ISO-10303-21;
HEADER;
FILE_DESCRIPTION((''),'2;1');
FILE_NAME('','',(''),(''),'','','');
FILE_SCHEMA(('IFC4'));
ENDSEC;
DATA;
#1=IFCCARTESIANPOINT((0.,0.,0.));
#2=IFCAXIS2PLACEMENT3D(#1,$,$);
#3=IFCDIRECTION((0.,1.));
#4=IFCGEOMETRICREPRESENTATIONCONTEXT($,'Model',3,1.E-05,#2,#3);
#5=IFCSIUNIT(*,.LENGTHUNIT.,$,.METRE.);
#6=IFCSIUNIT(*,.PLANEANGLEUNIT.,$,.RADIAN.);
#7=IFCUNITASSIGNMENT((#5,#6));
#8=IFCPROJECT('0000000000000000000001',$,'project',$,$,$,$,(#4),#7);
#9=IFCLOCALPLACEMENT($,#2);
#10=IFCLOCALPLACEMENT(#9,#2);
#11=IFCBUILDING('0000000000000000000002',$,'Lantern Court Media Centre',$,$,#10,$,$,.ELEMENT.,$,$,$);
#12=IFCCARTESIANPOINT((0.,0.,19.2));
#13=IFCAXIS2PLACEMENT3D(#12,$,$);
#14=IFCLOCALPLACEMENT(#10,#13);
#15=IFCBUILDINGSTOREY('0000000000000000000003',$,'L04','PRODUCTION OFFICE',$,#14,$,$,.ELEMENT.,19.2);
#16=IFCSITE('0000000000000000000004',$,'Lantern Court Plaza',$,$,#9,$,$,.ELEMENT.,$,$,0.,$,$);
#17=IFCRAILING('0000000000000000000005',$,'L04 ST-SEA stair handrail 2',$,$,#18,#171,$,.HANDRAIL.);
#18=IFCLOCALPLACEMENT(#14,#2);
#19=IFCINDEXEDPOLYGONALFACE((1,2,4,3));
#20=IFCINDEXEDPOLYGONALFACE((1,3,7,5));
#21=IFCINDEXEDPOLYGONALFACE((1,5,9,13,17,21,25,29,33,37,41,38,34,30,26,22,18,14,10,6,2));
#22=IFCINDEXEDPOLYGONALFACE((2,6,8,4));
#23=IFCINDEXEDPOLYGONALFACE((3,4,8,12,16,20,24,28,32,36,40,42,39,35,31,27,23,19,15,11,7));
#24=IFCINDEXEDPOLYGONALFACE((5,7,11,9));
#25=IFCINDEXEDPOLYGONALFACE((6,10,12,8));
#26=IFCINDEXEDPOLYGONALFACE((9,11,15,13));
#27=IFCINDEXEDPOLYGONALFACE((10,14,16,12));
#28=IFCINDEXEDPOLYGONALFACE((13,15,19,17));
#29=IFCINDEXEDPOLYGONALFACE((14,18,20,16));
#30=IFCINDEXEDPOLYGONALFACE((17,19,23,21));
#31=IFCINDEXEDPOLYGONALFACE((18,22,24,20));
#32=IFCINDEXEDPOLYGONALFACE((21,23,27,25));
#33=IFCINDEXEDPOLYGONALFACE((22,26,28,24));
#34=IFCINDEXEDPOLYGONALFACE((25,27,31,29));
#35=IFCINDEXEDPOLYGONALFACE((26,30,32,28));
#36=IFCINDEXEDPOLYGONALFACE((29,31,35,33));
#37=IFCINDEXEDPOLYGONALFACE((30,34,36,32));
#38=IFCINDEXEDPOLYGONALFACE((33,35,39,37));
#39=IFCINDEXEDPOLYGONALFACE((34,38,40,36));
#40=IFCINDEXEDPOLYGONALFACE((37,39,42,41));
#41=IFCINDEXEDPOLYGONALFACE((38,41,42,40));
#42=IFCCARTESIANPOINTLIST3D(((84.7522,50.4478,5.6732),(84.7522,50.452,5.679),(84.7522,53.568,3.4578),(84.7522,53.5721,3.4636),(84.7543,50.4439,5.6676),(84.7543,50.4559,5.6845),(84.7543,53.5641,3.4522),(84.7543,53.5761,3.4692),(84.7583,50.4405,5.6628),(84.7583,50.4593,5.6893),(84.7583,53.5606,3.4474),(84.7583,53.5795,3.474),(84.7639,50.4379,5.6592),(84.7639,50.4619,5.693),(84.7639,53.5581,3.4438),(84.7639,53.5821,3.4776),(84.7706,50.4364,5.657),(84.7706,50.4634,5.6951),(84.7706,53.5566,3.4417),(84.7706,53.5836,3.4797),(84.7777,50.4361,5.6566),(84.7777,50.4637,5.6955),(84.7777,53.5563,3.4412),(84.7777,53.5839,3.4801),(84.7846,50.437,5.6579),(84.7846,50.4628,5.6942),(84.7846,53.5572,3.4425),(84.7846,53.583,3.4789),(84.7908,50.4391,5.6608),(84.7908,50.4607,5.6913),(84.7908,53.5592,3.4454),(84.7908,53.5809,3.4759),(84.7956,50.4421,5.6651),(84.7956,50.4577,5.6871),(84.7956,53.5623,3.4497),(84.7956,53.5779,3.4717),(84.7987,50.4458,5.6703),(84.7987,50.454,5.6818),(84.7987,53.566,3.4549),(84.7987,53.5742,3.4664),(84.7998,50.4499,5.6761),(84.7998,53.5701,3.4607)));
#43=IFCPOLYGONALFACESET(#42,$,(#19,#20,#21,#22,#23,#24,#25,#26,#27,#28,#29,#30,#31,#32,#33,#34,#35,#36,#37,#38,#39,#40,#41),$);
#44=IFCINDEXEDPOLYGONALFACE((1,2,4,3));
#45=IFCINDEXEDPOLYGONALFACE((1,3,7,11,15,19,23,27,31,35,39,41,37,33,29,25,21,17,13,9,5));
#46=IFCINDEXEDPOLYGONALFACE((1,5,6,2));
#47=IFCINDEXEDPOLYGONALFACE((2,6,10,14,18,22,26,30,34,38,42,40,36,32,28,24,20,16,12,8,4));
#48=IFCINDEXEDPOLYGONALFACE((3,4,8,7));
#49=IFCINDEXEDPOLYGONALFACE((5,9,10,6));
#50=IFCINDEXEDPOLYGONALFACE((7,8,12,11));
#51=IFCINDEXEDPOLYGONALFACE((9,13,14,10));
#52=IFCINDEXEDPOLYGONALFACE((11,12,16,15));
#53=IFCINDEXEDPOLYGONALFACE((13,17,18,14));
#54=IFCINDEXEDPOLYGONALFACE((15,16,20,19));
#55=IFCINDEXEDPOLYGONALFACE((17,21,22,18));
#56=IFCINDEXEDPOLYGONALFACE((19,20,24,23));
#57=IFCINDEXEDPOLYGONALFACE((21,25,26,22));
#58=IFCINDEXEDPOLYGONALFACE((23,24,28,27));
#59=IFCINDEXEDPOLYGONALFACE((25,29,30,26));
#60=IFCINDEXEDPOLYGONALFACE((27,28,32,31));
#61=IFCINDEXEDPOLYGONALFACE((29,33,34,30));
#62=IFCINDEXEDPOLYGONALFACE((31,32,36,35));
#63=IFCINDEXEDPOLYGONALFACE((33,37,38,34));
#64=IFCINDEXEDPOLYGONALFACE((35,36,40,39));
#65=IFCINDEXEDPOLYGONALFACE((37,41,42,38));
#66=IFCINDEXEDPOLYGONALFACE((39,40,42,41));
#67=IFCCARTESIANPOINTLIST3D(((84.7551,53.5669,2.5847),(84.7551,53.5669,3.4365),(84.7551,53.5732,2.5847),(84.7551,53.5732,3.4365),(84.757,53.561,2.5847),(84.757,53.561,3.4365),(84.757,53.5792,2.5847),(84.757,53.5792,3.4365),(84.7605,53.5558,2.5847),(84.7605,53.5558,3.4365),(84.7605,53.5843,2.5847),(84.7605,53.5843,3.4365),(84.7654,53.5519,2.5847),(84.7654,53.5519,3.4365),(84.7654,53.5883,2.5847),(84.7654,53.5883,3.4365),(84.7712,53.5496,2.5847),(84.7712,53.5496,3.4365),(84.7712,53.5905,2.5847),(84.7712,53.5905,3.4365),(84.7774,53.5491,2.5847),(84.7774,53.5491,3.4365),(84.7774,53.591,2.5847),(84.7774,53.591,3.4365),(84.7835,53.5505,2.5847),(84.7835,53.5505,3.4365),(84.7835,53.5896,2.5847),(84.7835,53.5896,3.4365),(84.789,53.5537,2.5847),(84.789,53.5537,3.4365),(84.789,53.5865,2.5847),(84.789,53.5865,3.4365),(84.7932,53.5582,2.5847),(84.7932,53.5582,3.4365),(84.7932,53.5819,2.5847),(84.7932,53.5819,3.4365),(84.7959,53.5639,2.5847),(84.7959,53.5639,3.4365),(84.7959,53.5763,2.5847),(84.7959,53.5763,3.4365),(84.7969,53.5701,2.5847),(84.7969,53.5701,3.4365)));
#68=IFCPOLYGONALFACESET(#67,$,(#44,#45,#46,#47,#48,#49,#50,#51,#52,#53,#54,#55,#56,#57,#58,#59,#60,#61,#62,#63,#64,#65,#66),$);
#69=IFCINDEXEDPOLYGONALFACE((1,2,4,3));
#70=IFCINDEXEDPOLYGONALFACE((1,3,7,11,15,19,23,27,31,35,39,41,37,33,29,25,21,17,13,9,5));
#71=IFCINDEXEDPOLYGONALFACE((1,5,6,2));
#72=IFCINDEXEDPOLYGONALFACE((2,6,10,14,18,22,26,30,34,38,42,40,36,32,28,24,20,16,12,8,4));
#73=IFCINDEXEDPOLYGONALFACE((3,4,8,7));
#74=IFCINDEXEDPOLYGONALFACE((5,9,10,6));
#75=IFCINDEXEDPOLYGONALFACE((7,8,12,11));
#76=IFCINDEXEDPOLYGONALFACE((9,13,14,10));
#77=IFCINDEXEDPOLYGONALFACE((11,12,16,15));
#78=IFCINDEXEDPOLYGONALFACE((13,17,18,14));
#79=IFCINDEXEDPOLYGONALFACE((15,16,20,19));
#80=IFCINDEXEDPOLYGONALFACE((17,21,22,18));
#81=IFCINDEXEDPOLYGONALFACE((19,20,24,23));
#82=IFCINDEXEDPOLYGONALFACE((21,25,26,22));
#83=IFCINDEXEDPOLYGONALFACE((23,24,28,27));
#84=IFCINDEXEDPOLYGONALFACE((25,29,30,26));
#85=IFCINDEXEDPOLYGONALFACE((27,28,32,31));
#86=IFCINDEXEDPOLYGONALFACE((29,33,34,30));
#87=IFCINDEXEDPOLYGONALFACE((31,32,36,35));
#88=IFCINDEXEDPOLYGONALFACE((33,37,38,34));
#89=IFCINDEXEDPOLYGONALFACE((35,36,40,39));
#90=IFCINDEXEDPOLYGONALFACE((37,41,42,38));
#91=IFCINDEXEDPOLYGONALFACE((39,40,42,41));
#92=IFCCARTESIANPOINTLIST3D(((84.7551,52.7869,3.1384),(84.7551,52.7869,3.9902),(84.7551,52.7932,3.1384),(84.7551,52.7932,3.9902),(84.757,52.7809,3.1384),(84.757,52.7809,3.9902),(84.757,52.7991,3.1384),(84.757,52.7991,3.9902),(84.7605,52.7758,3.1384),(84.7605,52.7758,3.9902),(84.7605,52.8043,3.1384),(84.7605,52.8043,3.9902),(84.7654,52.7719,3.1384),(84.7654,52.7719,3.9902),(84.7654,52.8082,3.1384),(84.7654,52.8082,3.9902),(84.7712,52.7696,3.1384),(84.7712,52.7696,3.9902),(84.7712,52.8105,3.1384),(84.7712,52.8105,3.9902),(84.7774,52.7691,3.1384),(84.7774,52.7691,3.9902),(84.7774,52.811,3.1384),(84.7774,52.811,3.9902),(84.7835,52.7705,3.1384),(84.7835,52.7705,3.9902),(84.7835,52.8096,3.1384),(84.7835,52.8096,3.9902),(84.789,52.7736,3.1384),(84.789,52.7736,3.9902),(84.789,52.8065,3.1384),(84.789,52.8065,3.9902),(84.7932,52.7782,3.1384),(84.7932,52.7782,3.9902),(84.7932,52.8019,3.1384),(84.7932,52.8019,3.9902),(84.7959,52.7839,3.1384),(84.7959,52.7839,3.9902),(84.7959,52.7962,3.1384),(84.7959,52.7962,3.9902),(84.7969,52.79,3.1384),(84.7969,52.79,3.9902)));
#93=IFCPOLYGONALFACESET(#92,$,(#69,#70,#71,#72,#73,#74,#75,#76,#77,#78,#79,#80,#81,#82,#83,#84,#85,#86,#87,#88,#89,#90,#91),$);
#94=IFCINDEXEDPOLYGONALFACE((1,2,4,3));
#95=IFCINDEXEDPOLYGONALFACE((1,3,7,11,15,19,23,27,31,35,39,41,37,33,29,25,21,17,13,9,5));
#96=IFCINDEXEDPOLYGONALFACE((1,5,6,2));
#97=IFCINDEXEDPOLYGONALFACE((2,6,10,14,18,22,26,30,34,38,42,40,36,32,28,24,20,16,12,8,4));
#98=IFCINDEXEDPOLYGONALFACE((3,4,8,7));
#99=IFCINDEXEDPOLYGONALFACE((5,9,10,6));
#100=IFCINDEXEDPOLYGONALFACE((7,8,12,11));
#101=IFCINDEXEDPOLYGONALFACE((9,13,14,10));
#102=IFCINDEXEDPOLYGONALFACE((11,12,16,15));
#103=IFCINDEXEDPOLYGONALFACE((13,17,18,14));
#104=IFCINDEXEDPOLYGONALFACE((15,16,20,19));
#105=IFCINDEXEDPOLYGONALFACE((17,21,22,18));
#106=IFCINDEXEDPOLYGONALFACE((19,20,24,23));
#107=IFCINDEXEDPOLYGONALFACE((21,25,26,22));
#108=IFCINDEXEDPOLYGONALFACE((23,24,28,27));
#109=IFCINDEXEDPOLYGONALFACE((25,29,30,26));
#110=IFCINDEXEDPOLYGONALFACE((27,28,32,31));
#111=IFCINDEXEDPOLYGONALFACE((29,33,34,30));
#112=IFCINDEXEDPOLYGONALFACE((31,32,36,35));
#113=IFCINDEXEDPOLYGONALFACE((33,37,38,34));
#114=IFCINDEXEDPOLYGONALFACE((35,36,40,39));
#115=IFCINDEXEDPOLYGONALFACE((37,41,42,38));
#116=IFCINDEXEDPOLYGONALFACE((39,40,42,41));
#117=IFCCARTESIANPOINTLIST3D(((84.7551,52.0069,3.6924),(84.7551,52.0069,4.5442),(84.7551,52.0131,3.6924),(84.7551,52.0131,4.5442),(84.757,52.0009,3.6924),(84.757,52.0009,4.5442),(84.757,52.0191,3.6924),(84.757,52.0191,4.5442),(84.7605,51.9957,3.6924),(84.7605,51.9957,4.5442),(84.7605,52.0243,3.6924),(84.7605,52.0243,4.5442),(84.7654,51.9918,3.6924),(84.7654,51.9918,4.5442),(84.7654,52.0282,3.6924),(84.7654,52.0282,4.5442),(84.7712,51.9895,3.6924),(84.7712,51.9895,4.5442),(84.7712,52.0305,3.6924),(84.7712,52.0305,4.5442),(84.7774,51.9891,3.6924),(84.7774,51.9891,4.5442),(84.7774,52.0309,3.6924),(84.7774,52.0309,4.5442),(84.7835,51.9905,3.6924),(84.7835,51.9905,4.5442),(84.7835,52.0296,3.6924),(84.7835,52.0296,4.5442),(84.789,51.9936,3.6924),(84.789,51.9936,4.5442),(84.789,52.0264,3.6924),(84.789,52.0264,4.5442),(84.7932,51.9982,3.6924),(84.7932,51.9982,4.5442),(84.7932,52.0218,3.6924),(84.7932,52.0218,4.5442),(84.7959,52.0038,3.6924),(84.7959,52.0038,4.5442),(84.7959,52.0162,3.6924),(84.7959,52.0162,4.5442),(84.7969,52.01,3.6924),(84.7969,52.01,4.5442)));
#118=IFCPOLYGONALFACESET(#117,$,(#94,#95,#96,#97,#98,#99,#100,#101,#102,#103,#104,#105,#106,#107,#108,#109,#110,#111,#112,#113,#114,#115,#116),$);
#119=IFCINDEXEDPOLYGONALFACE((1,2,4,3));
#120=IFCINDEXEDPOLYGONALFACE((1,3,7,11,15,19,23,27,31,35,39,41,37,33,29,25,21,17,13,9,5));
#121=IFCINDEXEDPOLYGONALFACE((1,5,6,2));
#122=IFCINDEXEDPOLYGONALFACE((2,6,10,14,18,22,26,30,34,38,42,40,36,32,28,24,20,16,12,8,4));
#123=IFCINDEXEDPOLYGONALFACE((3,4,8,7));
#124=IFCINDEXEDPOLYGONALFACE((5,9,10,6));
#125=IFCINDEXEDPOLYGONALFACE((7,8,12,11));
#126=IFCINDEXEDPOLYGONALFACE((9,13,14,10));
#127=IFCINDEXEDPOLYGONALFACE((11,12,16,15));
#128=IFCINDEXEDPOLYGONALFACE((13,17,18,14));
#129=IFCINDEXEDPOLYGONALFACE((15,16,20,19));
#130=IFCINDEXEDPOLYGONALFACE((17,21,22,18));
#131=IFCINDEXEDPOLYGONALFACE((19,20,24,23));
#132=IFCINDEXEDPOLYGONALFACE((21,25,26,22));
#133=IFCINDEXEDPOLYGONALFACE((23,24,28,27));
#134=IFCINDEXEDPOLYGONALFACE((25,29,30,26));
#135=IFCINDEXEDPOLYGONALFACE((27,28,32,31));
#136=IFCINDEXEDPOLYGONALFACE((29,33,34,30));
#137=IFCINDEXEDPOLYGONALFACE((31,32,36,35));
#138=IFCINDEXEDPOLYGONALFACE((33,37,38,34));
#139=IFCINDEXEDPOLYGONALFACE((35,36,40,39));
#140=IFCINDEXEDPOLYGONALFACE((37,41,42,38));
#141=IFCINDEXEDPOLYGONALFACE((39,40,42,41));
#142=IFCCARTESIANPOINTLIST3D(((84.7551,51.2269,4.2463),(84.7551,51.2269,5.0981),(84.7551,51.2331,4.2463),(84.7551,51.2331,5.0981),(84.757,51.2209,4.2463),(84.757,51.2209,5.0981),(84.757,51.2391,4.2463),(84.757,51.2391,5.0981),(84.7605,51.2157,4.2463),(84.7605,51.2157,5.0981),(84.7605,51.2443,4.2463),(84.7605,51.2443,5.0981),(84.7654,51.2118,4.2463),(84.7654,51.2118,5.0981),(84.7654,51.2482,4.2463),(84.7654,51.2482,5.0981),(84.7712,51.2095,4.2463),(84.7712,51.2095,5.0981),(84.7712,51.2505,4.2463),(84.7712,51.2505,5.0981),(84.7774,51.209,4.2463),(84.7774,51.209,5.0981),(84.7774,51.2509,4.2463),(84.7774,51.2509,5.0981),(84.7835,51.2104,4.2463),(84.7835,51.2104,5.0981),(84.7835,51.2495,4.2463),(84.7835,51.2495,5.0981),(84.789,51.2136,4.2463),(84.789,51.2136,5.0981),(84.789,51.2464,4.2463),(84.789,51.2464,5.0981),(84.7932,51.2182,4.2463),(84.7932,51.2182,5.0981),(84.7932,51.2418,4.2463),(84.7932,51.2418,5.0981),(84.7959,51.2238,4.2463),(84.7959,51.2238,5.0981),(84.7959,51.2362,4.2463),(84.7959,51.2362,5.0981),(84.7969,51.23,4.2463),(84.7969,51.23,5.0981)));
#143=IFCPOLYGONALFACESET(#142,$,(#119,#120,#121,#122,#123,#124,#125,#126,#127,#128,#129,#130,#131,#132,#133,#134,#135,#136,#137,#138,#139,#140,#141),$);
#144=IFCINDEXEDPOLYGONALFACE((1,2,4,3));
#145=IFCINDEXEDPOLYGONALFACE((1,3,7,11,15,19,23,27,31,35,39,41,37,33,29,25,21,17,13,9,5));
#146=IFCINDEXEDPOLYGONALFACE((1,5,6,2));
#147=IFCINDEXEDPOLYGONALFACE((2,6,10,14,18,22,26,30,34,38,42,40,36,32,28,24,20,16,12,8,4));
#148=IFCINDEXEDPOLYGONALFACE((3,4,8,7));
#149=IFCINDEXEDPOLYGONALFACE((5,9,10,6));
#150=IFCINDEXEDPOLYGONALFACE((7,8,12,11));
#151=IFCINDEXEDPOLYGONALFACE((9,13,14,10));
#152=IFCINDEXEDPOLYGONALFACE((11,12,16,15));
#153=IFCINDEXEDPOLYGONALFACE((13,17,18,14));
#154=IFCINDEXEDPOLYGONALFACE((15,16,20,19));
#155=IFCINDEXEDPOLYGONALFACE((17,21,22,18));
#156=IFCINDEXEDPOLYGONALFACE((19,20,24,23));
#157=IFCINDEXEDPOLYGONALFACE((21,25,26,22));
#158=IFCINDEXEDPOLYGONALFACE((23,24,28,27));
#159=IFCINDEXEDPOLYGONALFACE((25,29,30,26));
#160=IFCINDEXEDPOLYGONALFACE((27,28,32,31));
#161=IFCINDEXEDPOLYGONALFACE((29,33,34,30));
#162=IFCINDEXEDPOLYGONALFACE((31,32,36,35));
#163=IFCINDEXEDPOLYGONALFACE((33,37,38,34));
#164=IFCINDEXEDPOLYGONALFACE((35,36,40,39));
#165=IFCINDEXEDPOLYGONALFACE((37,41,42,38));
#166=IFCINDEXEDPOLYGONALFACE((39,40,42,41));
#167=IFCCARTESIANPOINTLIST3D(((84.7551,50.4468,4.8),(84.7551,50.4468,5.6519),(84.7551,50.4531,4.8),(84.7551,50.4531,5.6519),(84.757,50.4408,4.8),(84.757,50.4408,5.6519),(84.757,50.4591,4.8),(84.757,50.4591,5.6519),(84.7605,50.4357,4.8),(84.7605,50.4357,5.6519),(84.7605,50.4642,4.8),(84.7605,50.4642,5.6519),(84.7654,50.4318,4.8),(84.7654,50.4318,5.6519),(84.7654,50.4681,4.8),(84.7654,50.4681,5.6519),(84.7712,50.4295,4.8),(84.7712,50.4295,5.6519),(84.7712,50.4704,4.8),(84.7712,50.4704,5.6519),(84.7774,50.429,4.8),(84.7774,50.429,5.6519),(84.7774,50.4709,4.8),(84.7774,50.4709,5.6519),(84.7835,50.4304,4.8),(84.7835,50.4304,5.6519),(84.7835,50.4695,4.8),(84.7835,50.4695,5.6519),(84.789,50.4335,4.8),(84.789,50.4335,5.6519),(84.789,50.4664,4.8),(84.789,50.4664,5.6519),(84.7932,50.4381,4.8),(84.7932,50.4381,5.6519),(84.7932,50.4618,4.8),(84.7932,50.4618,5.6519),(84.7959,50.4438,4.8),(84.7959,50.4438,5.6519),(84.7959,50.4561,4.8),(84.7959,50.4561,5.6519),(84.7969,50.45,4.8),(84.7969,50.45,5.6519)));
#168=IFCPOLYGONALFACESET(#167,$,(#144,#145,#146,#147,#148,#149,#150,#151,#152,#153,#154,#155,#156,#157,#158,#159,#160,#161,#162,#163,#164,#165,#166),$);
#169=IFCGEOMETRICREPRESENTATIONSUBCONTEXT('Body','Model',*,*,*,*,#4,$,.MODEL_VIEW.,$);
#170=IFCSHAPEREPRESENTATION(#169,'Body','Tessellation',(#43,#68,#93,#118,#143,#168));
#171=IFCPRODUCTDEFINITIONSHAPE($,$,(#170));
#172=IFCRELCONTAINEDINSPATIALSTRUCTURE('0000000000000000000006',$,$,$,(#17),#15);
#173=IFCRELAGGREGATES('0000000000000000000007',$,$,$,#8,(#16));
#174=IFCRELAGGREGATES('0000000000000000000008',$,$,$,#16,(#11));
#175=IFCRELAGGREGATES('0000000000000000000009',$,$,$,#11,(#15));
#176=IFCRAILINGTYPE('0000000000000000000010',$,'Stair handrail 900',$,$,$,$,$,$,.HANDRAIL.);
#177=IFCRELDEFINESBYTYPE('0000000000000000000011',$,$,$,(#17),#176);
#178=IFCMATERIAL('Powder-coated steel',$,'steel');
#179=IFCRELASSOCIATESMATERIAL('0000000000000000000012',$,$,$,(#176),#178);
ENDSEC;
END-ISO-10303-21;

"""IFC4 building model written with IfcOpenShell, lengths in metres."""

from ifc_helpers import new_model, si_unit, direction, frame, origin, origin_2d, place, context, subcontext, project, spatial, circle, extrude, material, type_object, element, save


model = new_model("IFC4")

# Units and contexts
model_context = context("Model", 3, precision=1e-05, world=origin(), true_north=direction((0.0, 1.0)))
body_context = subcontext(model_context, "Body", "Model", "MODEL_VIEW")
ifc_project = project(units=[si_unit("LENGTHUNIT", "METRE"), si_unit("PLANEANGLEUNIT", "RADIAN")], contexts=[model_context])

# Site, building, storey
site_placement = place(None, origin())
site = spatial("IfcSite", under=ifc_project, at=site_placement, Name="Lantern Court Plaza", CompositionType="ELEMENT", RefElevation=0.0)
building_placement = place(site_placement, origin())
building = spatial("IfcBuilding", under=site, at=building_placement, Name="Lantern Court Media Centre", CompositionType="ELEMENT")
storey_placement = place(building_placement, frame((0.0, 0.0, 19.2)))
storey = spatial("IfcBuildingStorey", under=building, at=storey_placement, Name="L04", Description="PRODUCTION OFFICE", CompositionType="ELEMENT", Elevation=19.2)

# Railing
ifc_material_1 = material(Name="Powder-coated steel", Category="steel")
railing_type_1 = type_object("IfcRailingType", Name="Stair handrail 900", PredefinedType="HANDRAIL", material=ifc_material_1)
for number, where, name in (
    (1, (84.7759, 53.5701, 2.5847), "L04 ST-SEA stair handrail 2"),
):
    element("IfcRailing", number, at=place(storey_placement, frame(where)), inside=storey, type_object=railing_type_1, Name=name, PredefinedType="HANDRAIL", context=body_context, shape_type="SweptSolid", body=[
        extrude(circle(Radius=0.0239, at=origin_2d()), frame((0.0, 0.0, 0.876), z_axis=(0.0, -0.815377, 0.57893), x_axis=(1.0, 0.0, 0.0)), (0.0, 0.0, 1.0), 3.8267),
        extrude(circle(Radius=0.021, at=origin_2d()), origin(), (0.0, 0.0, 1.0), 0.8518),
        extrude(circle(Radius=0.021, at=origin_2d()), frame((0.0, -0.78, 0.5537)), (0.0, 0.0, 1.0), 0.8518),
        extrude(circle(Radius=0.021, at=origin_2d()), frame((0.0, -1.5601, 1.1077)), (0.0, 0.0, 1.0), 0.8518),
        extrude(circle(Radius=0.021, at=origin_2d()), frame((0.0, -2.3401, 1.6616)), (0.0, 0.0, 1.0), 0.8518),
        extrude(circle(Radius=0.021, at=origin_2d()), frame((0.0, -3.1201, 2.2153)), (0.0, 0.0, 1.0), 0.8518),
    ])

save(model, "model.ifc")
